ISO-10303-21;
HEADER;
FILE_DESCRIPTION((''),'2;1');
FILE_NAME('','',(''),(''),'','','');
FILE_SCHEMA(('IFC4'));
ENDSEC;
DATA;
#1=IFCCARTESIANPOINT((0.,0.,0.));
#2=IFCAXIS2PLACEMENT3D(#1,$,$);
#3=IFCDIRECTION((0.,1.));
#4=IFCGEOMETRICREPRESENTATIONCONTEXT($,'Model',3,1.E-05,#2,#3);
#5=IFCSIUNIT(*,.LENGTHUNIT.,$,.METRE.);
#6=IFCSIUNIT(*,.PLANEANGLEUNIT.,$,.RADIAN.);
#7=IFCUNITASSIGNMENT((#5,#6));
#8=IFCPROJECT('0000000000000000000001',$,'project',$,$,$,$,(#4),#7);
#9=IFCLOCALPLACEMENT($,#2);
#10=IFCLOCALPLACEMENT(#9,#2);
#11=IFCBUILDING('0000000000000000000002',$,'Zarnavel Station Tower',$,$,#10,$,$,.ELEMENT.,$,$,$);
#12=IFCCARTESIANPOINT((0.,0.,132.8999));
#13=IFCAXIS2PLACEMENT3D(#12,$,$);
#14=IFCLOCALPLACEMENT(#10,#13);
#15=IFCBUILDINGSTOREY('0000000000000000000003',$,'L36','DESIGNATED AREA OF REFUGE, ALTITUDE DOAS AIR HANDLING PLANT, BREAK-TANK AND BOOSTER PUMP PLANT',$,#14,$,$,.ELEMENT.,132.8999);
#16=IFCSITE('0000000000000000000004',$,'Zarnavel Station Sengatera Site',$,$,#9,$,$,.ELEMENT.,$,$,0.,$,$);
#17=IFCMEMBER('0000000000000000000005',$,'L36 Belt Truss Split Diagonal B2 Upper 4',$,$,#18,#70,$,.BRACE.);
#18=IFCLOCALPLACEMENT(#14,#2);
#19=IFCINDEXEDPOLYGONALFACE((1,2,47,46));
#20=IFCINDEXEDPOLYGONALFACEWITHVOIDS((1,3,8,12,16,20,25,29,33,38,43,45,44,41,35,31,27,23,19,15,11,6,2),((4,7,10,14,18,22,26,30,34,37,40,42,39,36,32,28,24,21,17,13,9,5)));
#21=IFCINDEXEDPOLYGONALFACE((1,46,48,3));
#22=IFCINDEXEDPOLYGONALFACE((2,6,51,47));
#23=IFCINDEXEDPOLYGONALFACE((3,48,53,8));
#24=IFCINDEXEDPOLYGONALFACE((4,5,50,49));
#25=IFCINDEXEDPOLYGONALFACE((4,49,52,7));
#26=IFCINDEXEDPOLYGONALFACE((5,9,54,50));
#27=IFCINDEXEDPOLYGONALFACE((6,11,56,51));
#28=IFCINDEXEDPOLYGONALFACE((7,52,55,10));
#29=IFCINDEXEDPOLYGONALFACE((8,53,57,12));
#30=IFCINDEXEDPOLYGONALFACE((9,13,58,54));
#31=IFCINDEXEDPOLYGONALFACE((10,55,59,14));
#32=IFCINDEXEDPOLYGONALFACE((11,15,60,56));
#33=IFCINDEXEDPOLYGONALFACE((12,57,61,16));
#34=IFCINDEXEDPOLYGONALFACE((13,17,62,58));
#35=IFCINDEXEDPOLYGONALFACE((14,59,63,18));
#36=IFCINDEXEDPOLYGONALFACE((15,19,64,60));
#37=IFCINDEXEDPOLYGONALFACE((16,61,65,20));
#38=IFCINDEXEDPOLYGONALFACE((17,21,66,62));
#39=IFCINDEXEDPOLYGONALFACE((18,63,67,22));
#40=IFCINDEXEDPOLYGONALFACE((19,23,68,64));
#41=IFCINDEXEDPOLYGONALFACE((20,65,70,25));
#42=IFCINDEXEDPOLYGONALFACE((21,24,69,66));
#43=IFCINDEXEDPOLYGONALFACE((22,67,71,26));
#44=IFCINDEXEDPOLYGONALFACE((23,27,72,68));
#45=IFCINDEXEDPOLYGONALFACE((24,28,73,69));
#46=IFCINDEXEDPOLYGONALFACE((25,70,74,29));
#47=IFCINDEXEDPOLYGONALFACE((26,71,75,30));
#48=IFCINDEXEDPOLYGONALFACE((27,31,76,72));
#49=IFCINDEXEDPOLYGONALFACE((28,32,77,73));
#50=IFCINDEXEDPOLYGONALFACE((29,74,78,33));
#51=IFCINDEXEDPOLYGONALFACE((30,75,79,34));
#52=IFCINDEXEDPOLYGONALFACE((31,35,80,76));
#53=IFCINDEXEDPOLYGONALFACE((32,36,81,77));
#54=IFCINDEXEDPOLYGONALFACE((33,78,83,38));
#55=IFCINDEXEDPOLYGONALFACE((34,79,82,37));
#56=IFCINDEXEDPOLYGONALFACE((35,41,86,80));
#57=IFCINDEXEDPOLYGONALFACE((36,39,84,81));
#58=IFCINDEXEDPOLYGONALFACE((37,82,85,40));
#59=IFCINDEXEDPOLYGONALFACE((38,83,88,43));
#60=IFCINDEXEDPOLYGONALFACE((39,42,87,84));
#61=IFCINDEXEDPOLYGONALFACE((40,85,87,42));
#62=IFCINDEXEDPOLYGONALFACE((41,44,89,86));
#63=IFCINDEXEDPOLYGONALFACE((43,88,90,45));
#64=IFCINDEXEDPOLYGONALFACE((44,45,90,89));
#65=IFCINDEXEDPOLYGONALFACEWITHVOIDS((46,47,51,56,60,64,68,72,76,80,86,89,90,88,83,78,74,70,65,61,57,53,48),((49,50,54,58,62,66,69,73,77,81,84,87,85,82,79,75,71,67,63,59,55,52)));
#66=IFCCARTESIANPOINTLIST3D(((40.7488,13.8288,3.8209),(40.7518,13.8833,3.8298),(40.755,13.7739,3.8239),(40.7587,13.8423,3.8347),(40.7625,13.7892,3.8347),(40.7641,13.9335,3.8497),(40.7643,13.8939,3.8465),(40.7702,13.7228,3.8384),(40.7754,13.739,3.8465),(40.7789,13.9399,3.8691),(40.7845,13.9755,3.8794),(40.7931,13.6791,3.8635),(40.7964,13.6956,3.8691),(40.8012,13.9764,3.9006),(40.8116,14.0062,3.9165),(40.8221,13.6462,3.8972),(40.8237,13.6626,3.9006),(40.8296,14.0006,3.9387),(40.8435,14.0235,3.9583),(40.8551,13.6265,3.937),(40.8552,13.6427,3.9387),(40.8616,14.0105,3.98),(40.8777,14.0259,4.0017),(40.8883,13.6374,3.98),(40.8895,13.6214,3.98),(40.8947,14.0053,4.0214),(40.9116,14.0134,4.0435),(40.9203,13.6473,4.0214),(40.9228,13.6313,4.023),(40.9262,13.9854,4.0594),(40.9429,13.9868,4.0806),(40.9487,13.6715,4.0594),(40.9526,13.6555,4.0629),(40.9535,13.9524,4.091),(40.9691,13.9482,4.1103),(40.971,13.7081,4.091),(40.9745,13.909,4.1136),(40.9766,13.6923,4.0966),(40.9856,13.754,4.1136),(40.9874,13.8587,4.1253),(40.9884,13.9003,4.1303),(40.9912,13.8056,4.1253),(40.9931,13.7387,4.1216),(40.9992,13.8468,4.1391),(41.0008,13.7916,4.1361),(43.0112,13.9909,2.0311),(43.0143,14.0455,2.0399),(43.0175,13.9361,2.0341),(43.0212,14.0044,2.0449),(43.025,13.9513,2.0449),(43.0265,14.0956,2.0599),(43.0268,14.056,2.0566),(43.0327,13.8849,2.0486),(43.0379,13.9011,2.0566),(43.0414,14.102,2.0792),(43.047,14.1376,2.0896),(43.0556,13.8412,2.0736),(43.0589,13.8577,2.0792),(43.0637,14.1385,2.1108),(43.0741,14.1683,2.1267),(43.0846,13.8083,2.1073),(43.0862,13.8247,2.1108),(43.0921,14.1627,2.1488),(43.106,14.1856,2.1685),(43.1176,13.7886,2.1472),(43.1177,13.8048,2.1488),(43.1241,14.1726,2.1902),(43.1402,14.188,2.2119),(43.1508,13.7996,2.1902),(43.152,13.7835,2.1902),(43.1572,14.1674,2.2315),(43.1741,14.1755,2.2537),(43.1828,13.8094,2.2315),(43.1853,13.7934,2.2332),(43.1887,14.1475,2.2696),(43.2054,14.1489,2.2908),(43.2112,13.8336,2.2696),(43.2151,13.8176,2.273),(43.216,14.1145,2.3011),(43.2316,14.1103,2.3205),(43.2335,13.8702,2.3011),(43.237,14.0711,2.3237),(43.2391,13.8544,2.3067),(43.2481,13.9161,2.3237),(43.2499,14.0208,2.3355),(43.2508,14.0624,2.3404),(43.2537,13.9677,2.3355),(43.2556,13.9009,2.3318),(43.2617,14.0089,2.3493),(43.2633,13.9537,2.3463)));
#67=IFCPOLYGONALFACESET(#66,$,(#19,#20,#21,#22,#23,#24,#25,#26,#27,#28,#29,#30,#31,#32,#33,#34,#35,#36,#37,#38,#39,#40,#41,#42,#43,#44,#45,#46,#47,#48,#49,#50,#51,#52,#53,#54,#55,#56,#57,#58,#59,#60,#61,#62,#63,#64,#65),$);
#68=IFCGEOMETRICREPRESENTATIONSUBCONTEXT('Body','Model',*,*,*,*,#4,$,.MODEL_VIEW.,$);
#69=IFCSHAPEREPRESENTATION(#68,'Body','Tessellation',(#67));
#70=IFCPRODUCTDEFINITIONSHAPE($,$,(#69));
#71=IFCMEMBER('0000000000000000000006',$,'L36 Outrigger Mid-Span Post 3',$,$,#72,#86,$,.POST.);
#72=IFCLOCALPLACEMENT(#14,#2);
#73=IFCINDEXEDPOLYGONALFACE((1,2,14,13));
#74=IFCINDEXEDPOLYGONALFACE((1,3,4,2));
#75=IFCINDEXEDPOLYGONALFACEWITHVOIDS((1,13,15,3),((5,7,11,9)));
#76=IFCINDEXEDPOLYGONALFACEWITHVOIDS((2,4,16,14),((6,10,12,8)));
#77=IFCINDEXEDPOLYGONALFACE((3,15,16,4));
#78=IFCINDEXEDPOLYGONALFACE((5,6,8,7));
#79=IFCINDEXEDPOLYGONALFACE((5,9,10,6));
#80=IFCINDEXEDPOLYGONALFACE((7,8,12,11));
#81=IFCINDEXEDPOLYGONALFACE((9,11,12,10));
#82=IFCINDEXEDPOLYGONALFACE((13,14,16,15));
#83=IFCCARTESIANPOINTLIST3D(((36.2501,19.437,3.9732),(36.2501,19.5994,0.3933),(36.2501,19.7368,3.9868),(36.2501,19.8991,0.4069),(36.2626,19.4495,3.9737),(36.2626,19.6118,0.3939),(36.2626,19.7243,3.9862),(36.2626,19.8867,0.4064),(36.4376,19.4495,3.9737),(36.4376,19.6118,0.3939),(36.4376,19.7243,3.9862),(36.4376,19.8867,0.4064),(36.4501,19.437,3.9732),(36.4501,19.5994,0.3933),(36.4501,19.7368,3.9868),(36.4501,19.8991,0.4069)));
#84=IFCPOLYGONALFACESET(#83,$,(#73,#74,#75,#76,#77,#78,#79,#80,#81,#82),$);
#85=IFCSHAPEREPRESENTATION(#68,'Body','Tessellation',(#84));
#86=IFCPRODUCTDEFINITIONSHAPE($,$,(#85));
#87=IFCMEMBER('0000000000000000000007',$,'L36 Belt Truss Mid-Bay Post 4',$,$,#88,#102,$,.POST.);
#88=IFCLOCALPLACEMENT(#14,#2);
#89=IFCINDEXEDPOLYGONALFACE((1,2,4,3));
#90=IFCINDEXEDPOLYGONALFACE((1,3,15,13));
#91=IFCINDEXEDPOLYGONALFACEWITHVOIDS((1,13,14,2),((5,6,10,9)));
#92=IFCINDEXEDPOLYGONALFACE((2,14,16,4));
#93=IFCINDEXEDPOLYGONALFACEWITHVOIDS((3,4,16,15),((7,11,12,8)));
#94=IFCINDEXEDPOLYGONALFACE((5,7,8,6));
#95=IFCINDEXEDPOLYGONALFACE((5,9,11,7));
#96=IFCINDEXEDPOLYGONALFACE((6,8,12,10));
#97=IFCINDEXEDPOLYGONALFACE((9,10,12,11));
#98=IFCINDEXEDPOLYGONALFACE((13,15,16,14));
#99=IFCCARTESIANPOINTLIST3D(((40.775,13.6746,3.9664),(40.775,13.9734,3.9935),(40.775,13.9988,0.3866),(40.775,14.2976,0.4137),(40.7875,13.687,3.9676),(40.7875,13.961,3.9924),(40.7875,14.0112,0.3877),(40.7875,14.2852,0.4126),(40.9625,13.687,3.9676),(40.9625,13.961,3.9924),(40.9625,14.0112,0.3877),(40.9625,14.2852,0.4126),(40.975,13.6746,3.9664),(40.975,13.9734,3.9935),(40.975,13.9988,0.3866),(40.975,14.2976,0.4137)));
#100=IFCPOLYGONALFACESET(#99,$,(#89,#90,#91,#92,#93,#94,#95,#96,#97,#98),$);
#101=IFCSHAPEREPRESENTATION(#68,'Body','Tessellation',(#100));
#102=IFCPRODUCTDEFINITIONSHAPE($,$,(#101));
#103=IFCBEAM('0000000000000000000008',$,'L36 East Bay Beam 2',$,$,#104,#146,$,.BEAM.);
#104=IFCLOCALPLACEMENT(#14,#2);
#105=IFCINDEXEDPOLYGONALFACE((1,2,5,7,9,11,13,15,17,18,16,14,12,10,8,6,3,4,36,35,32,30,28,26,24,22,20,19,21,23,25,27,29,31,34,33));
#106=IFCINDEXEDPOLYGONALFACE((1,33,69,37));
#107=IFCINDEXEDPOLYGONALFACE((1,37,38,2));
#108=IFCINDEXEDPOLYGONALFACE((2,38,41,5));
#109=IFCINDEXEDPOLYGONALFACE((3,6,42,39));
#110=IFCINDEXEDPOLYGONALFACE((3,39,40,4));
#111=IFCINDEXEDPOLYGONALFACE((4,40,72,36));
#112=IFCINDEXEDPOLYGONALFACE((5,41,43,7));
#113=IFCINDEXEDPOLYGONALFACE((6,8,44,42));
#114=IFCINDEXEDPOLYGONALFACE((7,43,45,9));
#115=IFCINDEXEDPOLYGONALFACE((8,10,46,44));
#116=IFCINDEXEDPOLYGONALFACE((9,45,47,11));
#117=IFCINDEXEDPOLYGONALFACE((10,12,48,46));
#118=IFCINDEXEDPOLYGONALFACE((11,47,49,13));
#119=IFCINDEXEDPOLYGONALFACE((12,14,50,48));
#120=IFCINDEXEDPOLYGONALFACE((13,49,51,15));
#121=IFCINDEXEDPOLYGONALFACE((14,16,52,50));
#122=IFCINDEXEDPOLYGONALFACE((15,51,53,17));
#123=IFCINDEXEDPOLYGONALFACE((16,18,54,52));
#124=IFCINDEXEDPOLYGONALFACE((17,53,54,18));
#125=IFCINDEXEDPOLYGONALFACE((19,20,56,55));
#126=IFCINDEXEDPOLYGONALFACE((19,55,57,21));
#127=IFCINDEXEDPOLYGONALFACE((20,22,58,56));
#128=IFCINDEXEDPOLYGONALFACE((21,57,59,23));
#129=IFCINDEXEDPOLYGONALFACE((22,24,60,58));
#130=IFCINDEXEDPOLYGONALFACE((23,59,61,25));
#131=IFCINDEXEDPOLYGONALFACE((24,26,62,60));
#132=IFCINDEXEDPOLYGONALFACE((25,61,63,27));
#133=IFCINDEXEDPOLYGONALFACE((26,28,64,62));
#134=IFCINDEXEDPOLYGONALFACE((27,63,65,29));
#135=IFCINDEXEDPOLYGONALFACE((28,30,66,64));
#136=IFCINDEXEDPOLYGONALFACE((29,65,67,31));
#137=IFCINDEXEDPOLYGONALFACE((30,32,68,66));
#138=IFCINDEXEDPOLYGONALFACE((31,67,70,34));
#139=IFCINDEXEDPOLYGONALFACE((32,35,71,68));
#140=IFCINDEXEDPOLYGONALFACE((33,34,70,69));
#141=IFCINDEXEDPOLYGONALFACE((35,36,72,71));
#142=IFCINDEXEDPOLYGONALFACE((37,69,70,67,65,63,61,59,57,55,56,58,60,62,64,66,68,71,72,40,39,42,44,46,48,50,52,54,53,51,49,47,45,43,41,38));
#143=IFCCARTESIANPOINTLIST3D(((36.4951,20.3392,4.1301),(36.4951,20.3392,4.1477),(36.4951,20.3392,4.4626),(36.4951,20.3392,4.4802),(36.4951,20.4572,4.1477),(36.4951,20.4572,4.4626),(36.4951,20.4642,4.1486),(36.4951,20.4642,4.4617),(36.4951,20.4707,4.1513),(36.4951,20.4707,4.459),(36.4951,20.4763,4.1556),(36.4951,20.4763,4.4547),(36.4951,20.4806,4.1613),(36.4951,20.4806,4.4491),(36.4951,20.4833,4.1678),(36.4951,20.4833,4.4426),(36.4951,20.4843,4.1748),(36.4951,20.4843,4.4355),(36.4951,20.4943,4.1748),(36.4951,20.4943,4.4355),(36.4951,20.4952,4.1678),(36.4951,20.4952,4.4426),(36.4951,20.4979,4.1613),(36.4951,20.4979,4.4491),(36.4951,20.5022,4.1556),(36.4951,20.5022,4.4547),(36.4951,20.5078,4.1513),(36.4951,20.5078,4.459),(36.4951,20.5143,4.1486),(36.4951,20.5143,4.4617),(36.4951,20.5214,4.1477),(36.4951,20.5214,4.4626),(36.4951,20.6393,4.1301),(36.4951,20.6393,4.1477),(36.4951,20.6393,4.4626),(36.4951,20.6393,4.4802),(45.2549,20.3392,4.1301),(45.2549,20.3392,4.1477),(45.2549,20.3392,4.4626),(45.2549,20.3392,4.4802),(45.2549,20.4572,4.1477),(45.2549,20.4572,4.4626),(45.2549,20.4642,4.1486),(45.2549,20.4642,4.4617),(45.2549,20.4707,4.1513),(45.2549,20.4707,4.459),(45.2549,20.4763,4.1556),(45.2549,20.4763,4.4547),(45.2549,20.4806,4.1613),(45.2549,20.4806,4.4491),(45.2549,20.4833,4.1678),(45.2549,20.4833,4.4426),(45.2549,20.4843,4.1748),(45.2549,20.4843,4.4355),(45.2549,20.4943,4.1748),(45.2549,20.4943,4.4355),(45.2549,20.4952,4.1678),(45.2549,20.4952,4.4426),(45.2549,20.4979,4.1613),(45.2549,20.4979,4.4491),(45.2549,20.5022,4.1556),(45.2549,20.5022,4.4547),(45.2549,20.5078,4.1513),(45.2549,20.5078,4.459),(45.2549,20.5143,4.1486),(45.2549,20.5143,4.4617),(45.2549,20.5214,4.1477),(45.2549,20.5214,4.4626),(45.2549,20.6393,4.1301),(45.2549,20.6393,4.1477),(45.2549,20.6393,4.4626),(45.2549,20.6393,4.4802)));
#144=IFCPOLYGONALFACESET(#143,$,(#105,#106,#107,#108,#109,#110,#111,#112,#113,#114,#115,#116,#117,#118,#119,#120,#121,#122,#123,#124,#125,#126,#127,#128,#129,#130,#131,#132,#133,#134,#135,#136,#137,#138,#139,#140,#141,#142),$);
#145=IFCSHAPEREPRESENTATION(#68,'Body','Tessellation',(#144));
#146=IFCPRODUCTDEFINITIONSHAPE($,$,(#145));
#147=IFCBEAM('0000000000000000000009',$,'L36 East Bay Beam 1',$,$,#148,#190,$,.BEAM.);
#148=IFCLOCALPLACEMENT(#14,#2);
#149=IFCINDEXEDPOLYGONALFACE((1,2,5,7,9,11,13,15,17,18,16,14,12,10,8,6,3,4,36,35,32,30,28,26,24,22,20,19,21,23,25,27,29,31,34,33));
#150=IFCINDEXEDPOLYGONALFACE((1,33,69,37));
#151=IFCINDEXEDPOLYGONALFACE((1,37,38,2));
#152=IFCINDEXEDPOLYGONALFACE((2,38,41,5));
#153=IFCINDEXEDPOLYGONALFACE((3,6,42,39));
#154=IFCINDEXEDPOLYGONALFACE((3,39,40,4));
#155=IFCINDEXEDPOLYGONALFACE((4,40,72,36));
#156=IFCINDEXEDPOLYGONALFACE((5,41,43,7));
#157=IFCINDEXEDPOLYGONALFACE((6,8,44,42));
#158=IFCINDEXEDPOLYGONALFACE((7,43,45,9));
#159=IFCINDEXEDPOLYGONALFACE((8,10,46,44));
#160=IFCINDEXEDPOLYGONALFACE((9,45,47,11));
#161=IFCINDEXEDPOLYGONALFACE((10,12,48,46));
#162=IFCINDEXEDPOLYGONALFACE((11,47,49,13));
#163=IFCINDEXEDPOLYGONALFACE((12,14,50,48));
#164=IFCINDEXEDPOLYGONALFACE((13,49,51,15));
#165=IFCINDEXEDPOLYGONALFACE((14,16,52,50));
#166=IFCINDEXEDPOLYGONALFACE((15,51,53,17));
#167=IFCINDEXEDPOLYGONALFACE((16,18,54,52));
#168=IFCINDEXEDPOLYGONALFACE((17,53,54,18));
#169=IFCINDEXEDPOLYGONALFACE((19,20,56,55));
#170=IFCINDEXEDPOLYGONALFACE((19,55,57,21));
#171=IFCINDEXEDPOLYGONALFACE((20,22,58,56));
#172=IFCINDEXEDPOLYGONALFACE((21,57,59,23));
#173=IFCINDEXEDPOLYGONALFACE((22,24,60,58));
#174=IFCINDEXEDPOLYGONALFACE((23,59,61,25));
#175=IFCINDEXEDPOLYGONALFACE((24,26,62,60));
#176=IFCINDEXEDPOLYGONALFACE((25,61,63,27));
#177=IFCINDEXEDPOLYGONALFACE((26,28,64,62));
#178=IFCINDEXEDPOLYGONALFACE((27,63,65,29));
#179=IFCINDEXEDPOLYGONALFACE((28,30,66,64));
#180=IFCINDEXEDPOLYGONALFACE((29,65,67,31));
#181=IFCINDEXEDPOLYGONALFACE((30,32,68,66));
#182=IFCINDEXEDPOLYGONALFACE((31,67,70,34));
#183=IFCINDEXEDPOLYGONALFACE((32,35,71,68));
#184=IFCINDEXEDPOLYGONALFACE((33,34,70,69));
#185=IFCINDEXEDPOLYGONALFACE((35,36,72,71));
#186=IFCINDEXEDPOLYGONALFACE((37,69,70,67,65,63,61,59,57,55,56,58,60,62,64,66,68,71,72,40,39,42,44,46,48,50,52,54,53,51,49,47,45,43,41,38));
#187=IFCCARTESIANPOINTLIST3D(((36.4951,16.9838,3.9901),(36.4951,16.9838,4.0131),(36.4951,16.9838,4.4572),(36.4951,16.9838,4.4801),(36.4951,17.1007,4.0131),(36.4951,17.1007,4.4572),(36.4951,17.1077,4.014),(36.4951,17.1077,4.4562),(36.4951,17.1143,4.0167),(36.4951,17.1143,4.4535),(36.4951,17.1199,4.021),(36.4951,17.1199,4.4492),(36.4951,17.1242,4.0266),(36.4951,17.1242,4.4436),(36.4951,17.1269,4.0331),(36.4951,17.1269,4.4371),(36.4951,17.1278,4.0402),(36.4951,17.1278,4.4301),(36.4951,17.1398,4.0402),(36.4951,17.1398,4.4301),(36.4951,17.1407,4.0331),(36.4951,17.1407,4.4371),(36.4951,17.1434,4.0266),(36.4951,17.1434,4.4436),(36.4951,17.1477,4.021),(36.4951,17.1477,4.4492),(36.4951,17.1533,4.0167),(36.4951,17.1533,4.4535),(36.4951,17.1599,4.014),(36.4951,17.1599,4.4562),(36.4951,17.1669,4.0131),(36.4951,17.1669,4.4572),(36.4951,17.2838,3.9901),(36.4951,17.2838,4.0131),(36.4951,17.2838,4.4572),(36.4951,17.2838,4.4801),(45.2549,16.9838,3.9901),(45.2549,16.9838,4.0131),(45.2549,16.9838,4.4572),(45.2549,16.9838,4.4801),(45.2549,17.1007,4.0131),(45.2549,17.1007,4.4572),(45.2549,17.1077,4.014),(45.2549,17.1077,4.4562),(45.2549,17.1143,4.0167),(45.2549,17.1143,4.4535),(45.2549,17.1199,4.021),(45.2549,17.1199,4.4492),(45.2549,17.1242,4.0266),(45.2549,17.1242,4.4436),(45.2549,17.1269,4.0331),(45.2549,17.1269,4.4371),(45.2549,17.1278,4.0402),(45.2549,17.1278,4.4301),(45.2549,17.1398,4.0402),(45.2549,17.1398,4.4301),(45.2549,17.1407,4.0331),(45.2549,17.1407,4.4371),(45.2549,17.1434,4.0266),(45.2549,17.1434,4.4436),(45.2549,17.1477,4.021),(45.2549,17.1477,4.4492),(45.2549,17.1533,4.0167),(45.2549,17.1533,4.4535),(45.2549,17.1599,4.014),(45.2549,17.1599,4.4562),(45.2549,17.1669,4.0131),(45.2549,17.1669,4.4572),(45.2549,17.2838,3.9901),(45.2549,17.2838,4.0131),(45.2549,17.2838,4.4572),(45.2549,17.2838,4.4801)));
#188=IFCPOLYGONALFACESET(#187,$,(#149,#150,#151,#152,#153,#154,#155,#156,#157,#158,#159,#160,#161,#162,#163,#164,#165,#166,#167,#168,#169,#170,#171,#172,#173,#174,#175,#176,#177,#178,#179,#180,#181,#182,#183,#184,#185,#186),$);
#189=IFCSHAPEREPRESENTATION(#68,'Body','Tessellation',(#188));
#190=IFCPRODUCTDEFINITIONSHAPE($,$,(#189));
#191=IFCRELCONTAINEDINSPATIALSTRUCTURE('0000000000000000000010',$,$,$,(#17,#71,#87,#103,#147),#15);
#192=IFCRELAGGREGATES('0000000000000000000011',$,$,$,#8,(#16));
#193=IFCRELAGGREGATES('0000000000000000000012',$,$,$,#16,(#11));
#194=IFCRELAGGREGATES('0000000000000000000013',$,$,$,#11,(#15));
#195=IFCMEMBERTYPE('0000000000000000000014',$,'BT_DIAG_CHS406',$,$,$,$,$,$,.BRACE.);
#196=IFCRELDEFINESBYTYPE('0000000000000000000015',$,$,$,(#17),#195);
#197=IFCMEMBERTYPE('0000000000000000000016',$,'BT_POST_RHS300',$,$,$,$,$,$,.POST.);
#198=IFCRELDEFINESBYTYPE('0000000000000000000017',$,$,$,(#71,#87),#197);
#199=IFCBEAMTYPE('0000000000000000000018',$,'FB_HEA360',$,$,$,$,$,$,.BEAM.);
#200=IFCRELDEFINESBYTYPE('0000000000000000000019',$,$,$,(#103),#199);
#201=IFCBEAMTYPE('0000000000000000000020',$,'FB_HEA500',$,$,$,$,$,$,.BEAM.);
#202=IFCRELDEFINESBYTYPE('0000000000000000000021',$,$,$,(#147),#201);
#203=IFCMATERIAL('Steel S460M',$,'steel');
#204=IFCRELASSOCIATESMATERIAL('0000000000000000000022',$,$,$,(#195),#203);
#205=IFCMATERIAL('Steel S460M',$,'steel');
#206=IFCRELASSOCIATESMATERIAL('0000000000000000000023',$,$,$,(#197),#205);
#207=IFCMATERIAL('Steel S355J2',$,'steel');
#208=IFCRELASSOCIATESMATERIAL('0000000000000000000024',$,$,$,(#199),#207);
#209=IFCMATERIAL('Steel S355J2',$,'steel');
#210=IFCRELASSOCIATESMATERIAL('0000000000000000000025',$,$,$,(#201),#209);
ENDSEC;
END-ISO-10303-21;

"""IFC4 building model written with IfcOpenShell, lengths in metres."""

from ifc_helpers import new_model, si_unit, direction, frame, origin, origin_2d, place, context, subcontext, project, spatial, hollow_rectangle, hollow_circle, i_section, extrude, material, material_profile, profile_set, type_object, element, save


model = new_model("IFC4")

# Units and contexts
model_context = context("Model", 3, precision=1e-05, world=origin(), true_north=direction((0.0, 1.0)))
body_context = subcontext(model_context, "Body", "Model", "MODEL_VIEW")
ifc_project = project(units=[si_unit("LENGTHUNIT", "METRE"), si_unit("PLANEANGLEUNIT", "RADIAN")], contexts=[model_context])

# Site, building, storey
site_placement = place(None, origin())
site = spatial("IfcSite", under=ifc_project, at=site_placement, Name="Zarnavel Station Sengatera Site", CompositionType="ELEMENT", RefElevation=0.0)
building_placement = place(site_placement, origin())
building = spatial("IfcBuilding", under=site, at=building_placement, Name="Zarnavel Station Tower", CompositionType="ELEMENT")
storey_placement = place(building_placement, frame((0.0, 0.0, 132.8999)))
storey = spatial("IfcBuildingStorey", under=building, at=storey_placement, Name="L36", Description="DESIGNATED AREA OF REFUGE, ALTITUDE DOAS AIR HANDLING PLANT, BREAK-TANK AND BOOSTER PUMP PLANT", CompositionType="ELEMENT", Elevation=132.8999)

# Members
ifc_material_1 = material(Name="Steel S460M", Category="steel")
ifc_material_profile_1 = material_profile(ifc_material_1, hollow_circle(Radius=0.2031, WallThickness=0.0161, at=origin_2d()), Name="CHS406.4x16")
ifc_profile_set_1 = profile_set([ifc_material_profile_1], Name="Steel S460M")
member_type_1 = type_object("IfcMemberType", Name="BT_DIAG_CHS406", PredefinedType="BRACE", material=ifc_profile_set_1)
member_1_placement = place(storey_placement, frame((43.1375, 13.9861, 2.1902), z_axis=(-0.783032, -0.056106, 0.619446), x_axis=(0.071469, -0.997443, 0.0)))
element("IfcMember", 1, at=member_1_placement, inside=storey, type_object=member_type_1, Name="L36 Belt Truss Split Diagonal B2 Upper 4", PredefinedType="BRACE", context=body_context, shape_type="SweptSolid", body=[
    extrude(hollow_circle(Radius=0.2031, WallThickness=0.0161, at=origin_2d()), origin(), (0.0, 0.0, 1.0), 2.8894),
])
ifc_material_2 = material(Name="Steel S460M", Category="steel")
ifc_material_profile_2 = material_profile(ifc_material_2, hollow_rectangle(XDim=0.2, YDim=0.3, WallThickness=0.0125, at=origin_2d()), Name="RHS300x200x12.5")
ifc_profile_set_2 = profile_set([ifc_material_profile_2], Name="Steel S460M")
member_type_2 = type_object("IfcMemberType", Name="BT_POST_RHS300", PredefinedType="POST", material=ifc_profile_set_2)
member_2_placement = place(storey_placement, frame((36.3501, 19.7493, 0.4001), z_axis=(0.0, -0.045306, 0.998973), x_axis=(1.0, 0.0, 0.0)))
element("IfcMember", 2, at=member_2_placement, inside=storey, type_object=member_type_2, Name="L36 Outrigger Mid-Span Post 3", PredefinedType="POST", context=body_context, shape_type="SweptSolid", body=[
    extrude(hollow_rectangle(XDim=0.2, YDim=0.3, WallThickness=0.0125, at=origin_2d()), origin(), (0.0, 0.0, 1.0), 3.5835),
])
member_3_placement = place(storey_placement, frame((40.875, 14.1482, 0.4001), z_axis=(0.0, -0.090199, 0.995924), x_axis=(1.0, 0.0, 0.0)))
element("IfcMember", 3, at=member_3_placement, inside=storey, type_object=member_type_2, Name="L36 Belt Truss Mid-Bay Post 4", PredefinedType="POST", context=body_context, shape_type="SweptSolid", body=[
    extrude(hollow_rectangle(XDim=0.2, YDim=0.3, WallThickness=0.0125, at=origin_2d()), origin(), (0.0, 0.0, 1.0), 3.5945),
])

# Beams
ifc_material_3 = material(Name="Steel S355J2", Category="steel")
ifc_material_profile_3 = material_profile(ifc_material_3, i_section(OverallWidth=0.3, OverallDepth=0.3501, WebThickness=0.01, FlangeThickness=0.0176, FilletRadius=0.0271, at=origin_2d()), Name="HEA360")
ifc_profile_set_3 = profile_set([ifc_material_profile_3], Name="Steel S355J2")
beam_type_1 = type_object("IfcBeamType", Name="FB_HEA360", PredefinedType="BEAM", material=ifc_profile_set_3)
beam_1_placement = place(storey_placement, frame((36.4951, 20.4893, 4.3052), z_axis=(1.0, 0.0, 0.0), x_axis=(0.0, 1.0, 0.0)))
element("IfcBeam", 4, at=beam_1_placement, inside=storey, type_object=beam_type_1, Name="L36 East Bay Beam 2", PredefinedType="BEAM", context=body_context, shape_type="SweptSolid", body=[
    extrude(i_section(OverallWidth=0.3, OverallDepth=0.3501, WebThickness=0.01, FlangeThickness=0.0176, FilletRadius=0.0271, at=origin_2d()), origin(), (0.0, 0.0, 1.0), 8.7598),
])
ifc_material_4 = material(Name="Steel S355J2", Category="steel")
ifc_material_profile_4 = material_profile(ifc_material_4, i_section(OverallWidth=0.3, OverallDepth=0.49, WebThickness=0.012, FlangeThickness=0.0229, FilletRadius=0.0271, at=origin_2d()), Name="HEA500")
ifc_profile_set_4 = profile_set([ifc_material_profile_4], Name="Steel S355J2")
beam_type_2 = type_object("IfcBeamType", Name="FB_HEA500", PredefinedType="BEAM", material=ifc_profile_set_4)
beam_2_placement = place(storey_placement, frame((36.4951, 17.1338, 4.2351), z_axis=(1.0, 0.0, 0.0), x_axis=(0.0, 1.0, 0.0)))
element("IfcBeam", 5, at=beam_2_placement, inside=storey, type_object=beam_type_2, Name="L36 East Bay Beam 1", PredefinedType="BEAM", context=body_context, shape_type="SweptSolid", body=[
    extrude(i_section(OverallWidth=0.3, OverallDepth=0.49, WebThickness=0.012, FlangeThickness=0.0229, FilletRadius=0.0271, at=origin_2d()), origin(), (0.0, 0.0, 1.0), 8.7598),
])

save(model, "model.ifc")
